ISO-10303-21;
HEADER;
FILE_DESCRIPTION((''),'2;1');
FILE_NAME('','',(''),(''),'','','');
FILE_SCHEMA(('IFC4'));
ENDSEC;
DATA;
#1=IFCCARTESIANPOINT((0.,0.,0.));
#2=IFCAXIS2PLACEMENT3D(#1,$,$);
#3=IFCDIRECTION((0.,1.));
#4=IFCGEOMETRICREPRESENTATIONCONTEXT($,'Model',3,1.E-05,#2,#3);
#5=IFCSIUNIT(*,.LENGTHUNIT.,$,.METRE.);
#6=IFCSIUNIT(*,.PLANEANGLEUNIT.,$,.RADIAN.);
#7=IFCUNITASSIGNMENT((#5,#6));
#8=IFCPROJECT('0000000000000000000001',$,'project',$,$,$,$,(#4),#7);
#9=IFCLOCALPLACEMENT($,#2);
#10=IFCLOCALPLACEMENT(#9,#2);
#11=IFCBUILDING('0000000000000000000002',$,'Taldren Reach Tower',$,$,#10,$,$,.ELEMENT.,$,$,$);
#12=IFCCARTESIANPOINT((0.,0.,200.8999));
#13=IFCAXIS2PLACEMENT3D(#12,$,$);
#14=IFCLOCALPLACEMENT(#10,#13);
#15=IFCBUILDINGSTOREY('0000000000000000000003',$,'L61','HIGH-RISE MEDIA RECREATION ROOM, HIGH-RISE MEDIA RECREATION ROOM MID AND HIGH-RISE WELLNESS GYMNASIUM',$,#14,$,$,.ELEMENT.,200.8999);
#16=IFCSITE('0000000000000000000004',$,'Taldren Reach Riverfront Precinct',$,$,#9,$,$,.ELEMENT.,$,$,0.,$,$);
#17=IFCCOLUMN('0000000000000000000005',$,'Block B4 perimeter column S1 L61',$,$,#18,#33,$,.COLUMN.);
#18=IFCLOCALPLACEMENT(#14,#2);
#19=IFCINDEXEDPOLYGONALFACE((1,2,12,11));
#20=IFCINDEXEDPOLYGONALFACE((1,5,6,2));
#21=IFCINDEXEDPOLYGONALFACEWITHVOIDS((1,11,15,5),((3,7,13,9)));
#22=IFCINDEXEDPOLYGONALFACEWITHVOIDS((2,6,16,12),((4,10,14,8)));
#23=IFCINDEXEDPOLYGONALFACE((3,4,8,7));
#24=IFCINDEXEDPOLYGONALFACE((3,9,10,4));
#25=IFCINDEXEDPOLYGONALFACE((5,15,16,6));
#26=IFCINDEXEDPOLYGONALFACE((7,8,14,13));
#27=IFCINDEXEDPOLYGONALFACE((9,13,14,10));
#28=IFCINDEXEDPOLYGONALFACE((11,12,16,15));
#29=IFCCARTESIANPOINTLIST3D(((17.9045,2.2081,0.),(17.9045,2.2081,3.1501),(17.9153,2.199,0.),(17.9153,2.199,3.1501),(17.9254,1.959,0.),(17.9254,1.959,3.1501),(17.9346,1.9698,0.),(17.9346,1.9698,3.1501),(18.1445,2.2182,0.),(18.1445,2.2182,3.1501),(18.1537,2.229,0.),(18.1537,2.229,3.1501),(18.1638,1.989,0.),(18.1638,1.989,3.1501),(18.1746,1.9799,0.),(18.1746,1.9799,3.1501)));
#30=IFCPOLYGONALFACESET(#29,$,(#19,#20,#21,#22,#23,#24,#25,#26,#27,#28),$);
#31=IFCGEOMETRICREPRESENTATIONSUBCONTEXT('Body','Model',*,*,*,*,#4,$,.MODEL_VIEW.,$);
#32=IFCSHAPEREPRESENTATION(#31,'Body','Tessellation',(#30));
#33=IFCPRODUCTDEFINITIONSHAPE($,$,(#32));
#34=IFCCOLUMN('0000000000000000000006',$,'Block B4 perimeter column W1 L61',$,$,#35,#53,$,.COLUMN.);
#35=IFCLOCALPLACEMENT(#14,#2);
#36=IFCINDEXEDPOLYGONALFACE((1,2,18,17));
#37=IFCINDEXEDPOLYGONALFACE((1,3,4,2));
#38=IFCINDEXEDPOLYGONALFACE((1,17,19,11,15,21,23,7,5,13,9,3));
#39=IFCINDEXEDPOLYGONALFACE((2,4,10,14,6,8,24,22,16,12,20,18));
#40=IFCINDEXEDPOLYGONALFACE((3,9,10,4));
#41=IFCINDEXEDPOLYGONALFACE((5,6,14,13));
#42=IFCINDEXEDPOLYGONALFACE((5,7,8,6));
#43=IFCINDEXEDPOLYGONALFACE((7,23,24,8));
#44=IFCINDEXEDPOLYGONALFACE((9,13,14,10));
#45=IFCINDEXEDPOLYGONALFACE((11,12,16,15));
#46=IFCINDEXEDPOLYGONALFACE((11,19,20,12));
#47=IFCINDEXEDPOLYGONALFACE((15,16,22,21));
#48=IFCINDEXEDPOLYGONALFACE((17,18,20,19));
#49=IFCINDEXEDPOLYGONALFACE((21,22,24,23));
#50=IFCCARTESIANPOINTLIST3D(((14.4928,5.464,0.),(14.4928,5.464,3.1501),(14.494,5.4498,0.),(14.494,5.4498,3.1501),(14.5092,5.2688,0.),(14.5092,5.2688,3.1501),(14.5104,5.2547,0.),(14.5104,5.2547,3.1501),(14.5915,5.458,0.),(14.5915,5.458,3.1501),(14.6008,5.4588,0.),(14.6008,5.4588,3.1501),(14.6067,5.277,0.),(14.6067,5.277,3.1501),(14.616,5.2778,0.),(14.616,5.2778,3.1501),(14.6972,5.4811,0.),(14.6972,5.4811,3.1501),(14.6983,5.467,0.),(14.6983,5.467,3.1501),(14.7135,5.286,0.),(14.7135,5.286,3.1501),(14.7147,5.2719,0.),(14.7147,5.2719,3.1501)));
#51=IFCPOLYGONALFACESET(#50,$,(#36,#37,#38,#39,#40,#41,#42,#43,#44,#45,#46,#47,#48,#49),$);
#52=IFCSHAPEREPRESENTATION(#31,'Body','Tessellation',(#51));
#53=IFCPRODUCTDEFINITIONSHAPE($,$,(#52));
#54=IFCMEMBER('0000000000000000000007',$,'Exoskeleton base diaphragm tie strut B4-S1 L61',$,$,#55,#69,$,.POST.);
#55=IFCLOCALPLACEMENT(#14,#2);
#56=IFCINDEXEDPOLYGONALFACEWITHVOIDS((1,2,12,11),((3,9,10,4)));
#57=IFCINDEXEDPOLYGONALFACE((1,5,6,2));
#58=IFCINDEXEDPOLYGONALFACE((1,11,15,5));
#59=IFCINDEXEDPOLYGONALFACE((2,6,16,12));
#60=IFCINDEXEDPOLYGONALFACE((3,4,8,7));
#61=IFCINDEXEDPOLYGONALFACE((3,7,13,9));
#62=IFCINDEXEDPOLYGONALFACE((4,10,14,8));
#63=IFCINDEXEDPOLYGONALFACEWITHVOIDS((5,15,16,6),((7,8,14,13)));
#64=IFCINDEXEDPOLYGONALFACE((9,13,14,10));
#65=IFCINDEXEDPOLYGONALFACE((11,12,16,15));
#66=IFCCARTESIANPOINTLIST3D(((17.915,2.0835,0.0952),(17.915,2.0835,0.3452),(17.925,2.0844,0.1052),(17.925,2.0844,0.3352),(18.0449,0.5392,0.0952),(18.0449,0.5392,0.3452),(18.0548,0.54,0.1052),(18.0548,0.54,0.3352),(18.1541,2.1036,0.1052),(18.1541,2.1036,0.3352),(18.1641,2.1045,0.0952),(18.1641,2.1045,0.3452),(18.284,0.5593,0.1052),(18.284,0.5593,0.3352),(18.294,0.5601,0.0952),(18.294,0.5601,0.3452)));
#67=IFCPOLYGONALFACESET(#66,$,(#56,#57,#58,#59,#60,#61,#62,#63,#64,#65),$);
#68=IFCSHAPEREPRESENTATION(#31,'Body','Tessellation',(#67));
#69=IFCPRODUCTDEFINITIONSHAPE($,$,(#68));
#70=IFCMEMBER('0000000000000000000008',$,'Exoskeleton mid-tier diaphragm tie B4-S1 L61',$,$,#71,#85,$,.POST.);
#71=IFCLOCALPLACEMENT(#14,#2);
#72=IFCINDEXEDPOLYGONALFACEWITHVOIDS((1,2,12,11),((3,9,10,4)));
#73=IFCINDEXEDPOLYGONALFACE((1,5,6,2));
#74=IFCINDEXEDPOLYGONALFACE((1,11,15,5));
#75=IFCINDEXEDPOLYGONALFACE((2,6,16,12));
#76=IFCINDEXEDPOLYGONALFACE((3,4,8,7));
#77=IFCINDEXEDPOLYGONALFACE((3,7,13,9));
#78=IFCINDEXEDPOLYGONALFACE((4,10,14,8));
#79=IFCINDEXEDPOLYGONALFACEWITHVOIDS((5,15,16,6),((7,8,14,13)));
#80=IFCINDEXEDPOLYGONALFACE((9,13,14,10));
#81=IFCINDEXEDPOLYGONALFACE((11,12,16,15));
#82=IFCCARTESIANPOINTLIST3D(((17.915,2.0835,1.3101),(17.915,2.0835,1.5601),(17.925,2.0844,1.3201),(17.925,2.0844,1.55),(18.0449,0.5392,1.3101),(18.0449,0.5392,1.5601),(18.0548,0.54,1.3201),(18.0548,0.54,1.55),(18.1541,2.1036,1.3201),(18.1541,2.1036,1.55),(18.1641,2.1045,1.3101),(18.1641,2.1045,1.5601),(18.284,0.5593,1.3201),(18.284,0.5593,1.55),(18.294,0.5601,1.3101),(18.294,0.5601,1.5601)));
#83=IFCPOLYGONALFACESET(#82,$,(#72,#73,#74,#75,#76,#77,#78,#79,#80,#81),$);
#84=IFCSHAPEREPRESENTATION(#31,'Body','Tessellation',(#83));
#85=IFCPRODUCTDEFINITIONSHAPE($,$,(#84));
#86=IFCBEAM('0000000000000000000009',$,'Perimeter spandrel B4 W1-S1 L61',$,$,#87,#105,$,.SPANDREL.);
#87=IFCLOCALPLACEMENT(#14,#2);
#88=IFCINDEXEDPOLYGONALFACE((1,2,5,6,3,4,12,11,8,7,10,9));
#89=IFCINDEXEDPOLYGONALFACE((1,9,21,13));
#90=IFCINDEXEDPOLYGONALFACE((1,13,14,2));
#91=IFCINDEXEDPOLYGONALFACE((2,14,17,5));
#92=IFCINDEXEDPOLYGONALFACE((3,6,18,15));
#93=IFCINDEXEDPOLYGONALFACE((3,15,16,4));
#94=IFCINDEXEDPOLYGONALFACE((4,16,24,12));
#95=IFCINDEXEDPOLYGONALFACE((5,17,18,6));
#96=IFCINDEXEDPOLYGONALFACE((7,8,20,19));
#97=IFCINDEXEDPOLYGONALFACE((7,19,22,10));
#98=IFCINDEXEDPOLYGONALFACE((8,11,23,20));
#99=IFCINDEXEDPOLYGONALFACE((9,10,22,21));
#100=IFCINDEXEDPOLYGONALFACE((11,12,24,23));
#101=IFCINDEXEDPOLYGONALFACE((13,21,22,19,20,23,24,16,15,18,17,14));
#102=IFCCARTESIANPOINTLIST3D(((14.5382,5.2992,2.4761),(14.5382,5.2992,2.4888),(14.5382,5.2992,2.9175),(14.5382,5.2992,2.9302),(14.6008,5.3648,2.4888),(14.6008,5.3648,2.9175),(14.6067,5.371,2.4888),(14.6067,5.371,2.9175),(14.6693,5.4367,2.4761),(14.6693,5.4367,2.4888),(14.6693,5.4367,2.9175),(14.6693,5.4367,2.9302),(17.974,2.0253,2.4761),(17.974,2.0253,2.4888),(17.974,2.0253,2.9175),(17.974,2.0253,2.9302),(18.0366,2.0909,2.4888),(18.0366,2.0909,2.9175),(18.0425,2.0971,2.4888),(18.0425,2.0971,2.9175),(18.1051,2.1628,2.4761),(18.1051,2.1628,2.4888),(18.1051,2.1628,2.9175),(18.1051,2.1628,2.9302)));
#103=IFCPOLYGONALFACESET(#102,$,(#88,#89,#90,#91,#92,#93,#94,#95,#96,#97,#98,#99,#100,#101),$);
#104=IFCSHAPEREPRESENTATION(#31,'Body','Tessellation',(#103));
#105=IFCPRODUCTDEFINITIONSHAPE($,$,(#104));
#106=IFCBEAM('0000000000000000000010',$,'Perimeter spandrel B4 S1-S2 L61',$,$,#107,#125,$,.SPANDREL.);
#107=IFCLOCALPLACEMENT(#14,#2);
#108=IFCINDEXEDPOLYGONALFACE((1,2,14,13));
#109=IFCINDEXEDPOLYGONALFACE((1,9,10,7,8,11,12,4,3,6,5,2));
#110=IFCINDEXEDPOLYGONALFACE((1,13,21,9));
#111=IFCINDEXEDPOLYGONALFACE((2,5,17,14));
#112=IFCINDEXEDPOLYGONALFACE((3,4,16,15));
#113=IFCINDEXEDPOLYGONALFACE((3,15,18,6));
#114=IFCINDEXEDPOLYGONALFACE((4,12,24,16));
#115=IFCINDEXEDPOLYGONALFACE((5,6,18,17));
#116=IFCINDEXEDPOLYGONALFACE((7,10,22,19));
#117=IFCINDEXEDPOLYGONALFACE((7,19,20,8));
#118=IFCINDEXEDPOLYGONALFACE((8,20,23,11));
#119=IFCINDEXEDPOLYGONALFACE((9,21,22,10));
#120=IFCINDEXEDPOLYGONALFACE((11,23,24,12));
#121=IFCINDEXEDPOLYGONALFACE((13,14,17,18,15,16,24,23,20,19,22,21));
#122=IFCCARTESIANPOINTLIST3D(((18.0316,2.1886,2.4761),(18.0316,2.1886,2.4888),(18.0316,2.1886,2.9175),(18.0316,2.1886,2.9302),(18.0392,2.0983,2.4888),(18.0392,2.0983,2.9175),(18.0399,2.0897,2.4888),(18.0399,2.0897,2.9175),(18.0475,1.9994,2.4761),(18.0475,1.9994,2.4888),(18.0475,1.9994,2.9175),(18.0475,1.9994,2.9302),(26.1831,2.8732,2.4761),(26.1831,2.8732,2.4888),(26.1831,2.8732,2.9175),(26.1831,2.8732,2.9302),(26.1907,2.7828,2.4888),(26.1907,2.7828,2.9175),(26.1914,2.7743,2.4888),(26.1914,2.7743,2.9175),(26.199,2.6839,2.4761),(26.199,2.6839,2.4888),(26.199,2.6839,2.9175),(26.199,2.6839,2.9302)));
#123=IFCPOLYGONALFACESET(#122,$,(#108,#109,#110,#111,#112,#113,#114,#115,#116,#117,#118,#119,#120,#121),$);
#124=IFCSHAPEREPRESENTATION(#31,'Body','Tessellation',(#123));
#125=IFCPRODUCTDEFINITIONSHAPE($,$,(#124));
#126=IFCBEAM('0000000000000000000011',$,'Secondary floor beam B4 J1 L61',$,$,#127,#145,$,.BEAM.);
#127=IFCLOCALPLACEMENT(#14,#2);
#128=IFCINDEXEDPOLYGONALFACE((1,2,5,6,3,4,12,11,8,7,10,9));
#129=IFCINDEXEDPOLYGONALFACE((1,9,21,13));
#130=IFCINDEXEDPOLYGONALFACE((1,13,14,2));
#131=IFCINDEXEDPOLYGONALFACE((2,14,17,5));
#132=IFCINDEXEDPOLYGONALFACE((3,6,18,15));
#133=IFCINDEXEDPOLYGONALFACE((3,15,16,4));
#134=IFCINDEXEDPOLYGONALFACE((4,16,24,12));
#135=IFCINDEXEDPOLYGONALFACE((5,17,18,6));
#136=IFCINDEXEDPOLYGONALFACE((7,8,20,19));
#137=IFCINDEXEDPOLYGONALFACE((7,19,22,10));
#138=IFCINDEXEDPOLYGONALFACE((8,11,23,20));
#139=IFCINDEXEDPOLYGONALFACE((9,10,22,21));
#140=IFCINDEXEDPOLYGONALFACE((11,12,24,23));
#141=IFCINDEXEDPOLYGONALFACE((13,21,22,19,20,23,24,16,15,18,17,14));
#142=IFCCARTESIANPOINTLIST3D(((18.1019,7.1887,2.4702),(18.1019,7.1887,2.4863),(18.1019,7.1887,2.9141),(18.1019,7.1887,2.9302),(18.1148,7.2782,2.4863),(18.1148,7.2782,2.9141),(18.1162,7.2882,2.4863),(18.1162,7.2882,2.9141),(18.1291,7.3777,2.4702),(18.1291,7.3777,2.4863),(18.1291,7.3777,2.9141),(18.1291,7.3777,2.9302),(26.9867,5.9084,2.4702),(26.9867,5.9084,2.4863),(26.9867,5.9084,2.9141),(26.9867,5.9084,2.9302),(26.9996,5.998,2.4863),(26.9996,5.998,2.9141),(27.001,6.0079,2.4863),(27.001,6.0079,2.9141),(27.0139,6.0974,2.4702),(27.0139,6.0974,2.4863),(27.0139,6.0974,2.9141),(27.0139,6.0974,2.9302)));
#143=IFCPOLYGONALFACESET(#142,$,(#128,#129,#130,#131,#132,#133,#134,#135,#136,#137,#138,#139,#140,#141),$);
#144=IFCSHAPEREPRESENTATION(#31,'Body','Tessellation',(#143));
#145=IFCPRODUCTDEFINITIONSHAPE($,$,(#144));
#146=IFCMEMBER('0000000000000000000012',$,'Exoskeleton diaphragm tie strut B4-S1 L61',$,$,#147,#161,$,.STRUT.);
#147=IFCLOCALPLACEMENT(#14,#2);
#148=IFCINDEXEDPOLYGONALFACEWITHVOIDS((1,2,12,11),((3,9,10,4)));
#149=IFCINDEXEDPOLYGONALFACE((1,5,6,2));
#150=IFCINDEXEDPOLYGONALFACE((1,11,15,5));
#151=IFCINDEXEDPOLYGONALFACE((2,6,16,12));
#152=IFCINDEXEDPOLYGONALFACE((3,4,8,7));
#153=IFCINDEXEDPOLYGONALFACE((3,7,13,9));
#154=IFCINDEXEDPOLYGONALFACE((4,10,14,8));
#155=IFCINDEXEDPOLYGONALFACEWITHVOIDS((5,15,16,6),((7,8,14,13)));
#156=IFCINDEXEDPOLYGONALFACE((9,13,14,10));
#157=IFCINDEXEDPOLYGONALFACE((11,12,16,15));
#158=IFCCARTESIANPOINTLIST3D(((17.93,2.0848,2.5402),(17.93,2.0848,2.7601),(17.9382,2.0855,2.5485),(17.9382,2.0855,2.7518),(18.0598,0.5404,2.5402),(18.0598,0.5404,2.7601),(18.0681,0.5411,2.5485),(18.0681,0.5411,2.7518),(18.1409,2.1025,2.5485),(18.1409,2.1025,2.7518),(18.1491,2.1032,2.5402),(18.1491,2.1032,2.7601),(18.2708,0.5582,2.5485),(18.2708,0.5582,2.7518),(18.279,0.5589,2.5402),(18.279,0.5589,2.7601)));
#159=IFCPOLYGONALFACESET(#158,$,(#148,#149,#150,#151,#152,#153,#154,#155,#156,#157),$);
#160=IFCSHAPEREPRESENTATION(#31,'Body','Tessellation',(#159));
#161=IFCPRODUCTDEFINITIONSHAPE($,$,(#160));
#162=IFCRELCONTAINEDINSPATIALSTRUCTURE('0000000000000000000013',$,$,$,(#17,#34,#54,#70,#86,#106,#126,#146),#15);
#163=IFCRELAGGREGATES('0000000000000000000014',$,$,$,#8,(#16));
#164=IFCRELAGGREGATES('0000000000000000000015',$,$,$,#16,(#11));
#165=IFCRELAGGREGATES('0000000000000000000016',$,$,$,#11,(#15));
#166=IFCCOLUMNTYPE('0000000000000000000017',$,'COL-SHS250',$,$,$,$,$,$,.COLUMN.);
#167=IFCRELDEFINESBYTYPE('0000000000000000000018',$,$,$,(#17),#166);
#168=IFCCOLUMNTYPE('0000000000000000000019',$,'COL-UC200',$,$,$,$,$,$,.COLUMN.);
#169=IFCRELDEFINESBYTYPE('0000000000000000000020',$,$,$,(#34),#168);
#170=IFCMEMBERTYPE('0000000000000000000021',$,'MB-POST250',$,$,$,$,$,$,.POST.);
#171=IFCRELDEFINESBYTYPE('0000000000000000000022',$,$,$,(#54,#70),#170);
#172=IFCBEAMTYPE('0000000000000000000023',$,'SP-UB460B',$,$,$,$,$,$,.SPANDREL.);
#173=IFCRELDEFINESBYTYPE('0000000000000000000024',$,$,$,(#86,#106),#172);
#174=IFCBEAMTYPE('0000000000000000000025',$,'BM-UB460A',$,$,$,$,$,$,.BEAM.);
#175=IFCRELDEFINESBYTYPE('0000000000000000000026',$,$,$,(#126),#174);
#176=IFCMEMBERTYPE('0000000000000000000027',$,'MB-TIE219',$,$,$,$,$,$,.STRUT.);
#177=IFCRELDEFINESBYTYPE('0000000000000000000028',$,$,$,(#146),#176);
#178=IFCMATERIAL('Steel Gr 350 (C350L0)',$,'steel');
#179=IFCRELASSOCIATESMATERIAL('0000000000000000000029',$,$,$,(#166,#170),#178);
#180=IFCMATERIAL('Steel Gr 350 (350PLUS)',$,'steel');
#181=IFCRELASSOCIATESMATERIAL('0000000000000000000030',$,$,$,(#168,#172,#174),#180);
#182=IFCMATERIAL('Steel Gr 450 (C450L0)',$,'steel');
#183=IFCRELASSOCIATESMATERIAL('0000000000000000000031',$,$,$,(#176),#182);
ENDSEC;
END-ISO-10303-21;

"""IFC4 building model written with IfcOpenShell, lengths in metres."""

from ifc_helpers import new_model, si_unit, direction, frame, origin, origin_2d, place, context, subcontext, project, spatial, hollow_rectangle, i_section, extrude, source, transform, mapped, material, material_profile, profile_set, type_object, element, save


model = new_model("IFC4")

# Units and contexts
model_context = context("Model", 3, precision=1e-05, world=origin(), true_north=direction((0.0, 1.0)))
body_context = subcontext(model_context, "Body", "Model", "MODEL_VIEW")
ifc_project = project(units=[si_unit("LENGTHUNIT", "METRE"), si_unit("PLANEANGLEUNIT", "RADIAN")], contexts=[model_context])

# Site, building, storey
site_placement = place(None, origin())
site = spatial("IfcSite", under=ifc_project, at=site_placement, Name="Taldren Reach Riverfront Precinct", CompositionType="ELEMENT", RefElevation=0.0)
building_placement = place(site_placement, origin())
building = spatial("IfcBuilding", under=site, at=building_placement, Name="Taldren Reach Tower", CompositionType="ELEMENT")
storey_placement = place(building_placement, frame((0.0, 0.0, 200.8999)))
storey = spatial("IfcBuildingStorey", under=building, at=storey_placement, Name="L61", Description="HIGH-RISE MEDIA RECREATION ROOM, HIGH-RISE MEDIA RECREATION ROOM MID AND HIGH-RISE WELLNESS GYMNASIUM", CompositionType="ELEMENT", Elevation=200.8999)

# Columns
ifc_material_1 = material(Name="Steel Gr 350 (C350L0)", Category="steel")
ifc_material_profile_1 = material_profile(ifc_material_1, hollow_rectangle(XDim=0.25, YDim=0.25, WallThickness=0.01, at=origin_2d()), Name="250x250x10.0SHS")
ifc_profile_set_1 = profile_set([ifc_material_profile_1], Name="Steel Gr 350 (C350L0)")
column_type_1 = type_object("IfcColumnType", Name="COL-SHS250", PredefinedType="COLUMN", material=ifc_profile_set_1)
shared_shape_1 = source(origin(), body_context, "Body", "SweptSolid", [
    extrude(hollow_rectangle(XDim=0.25, YDim=0.25, WallThickness=0.01, at=origin_2d()), origin(), (0.0, 0.0, 1.0), 3.1501),
])
column_1_placement = place(storey_placement, frame((18.0396, 2.094, 0.0), z_axis=(0.0, 0.0, 1.0), x_axis=(0.996493, 0.083678, 0.0)))
element("IfcColumn", 1, at=column_1_placement, inside=storey, type_object=column_type_1, Name="Block B4 perimeter column S1 L61", PredefinedType="COLUMN", context=body_context, shape_type="MappedRepresentation", body=[
    mapped(shared_shape_1, transform((0.0, 0.0, 0.0), scale=1.0)),
])
ifc_material_2 = material(Name="Steel Gr 350 (350PLUS)", Category="steel")
ifc_material_profile_2 = material_profile(ifc_material_2, i_section(OverallWidth=0.2051, OverallDepth=0.21, WebThickness=0.0093, FlangeThickness=0.0142, at=origin_2d()), Name="200UC59.5")
ifc_profile_set_2 = profile_set([ifc_material_profile_2], Name="Steel Gr 350 (350PLUS)")
column_type_2 = type_object("IfcColumnType", Name="COL-UC200", PredefinedType="COLUMN", material=ifc_profile_set_2)
shared_shape_2 = source(origin(), body_context, "Body", "SweptSolid", [
    extrude(i_section(OverallWidth=0.2051, OverallDepth=0.21, WebThickness=0.0093, FlangeThickness=0.0142, at=origin_2d()), origin(), (0.0, 0.0, 1.0), 3.1501),
])
column_2_placement = place(storey_placement, frame((14.6038, 5.3679, 0.0), z_axis=(0.0, 0.0, 1.0), x_axis=(0.996493, 0.083678, 0.0)))
element("IfcColumn", 2, at=column_2_placement, inside=storey, type_object=column_type_2, Name="Block B4 perimeter column W1 L61", PredefinedType="COLUMN", context=body_context, shape_type="MappedRepresentation", body=[
    mapped(shared_shape_2, transform((0.0, 0.0, 0.0), scale=1.0)),
])

# Members
ifc_material_profile_3 = material_profile(ifc_material_1, hollow_rectangle(XDim=0.25, YDim=0.25, WallThickness=0.01, at=origin_2d()), Name="250x250x10.0SHS")
ifc_profile_set_3 = profile_set([ifc_material_profile_3], Name="Steel Gr 350 (C350L0)")
member_type_1 = type_object("IfcMemberType", Name="MB-POST250", PredefinedType="POST", material=ifc_profile_set_3)
shared_shape_3 = source(origin(), body_context, "Body", "SweptSolid", [
    extrude(hollow_rectangle(XDim=0.25, YDim=0.25, WallThickness=0.01, at=origin_2d()), origin(), (0.0, 0.0, 1.0), 1.5498),
])
for number, where, z_axis, x_axis, name in (
    (3, (18.0396, 2.094, 0.2202), (0.083802, -0.996482, 0.0), (0.996482, 0.083802, 0.0), "Exoskeleton base diaphragm tie strut B4-S1 L61"),
    (4, (18.0396, 2.094, 1.4351), (0.083802, -0.996482, 0.0), (0.996482, 0.083802, 0.0), "Exoskeleton mid-tier diaphragm tie B4-S1 L61"),
):
    element("IfcMember", number, at=place(storey_placement, frame(where, z_axis=z_axis, x_axis=x_axis)), inside=storey, type_object=member_type_1, Name=name, PredefinedType="POST", context=body_context, shape_type="MappedRepresentation", body=[
        mapped(shared_shape_3, transform((0.0, 0.0, 0.0), scale=1.0)),
    ])

# Beams
ifc_material_profile_4 = material_profile(ifc_material_2, i_section(OverallWidth=0.1899, OverallDepth=0.4541, WebThickness=0.0085, FlangeThickness=0.0127, at=origin_2d()), Name="460UB67.1")
ifc_profile_set_4 = profile_set([ifc_material_profile_4], Name="Steel Gr 350 (350PLUS)")
beam_type_1 = type_object("IfcBeamType", Name="SP-UB460B", PredefinedType="SPANDREL", material=ifc_profile_set_4)
shared_shape_4 = source(origin(), body_context, "Body", "SweptSolid", [
    extrude(i_section(OverallWidth=0.1899, OverallDepth=0.4541, WebThickness=0.0085, FlangeThickness=0.0127, at=origin_2d()), origin(), (0.0, 0.0, 1.0), 4.7458),
])
beam_1_placement = place(storey_placement, frame((14.6038, 5.3679, 2.7031), z_axis=(0.723954, -0.689848, 0.0), x_axis=(0.689848, 0.723954, 0.0)))
element("IfcBeam", 5, at=beam_1_placement, inside=storey, type_object=beam_type_1, Name="Perimeter spandrel B4 W1-S1 L61", PredefinedType="SPANDREL", context=body_context, shape_type="MappedRepresentation", body=[
    mapped(shared_shape_4, transform((0.0, 0.0, 0.0), scale=1.0)),
])
shared_shape_5 = source(origin(), body_context, "Body", "SweptSolid", [
    extrude(i_section(OverallWidth=0.1899, OverallDepth=0.4541, WebThickness=0.0085, FlangeThickness=0.0127, at=origin_2d()), origin(), (0.0, 0.0, 1.0), 8.1802),
])
beam_2_placement = place(storey_placement, frame((18.0396, 2.094, 2.7031), z_axis=(0.996492, 0.083688, 0.0), x_axis=(-0.083688, 0.996492, 0.0)))
element("IfcBeam", 6, at=beam_2_placement, inside=storey, type_object=beam_type_1, Name="Perimeter spandrel B4 S1-S2 L61", PredefinedType="SPANDREL", context=body_context, shape_type="MappedRepresentation", body=[
    mapped(shared_shape_5, transform((0.0, 0.0, 0.0), scale=1.0)),
])
ifc_material_profile_5 = material_profile(ifc_material_2, i_section(OverallWidth=0.1909, OverallDepth=0.46, WebThickness=0.01, FlangeThickness=0.0161, at=origin_2d()), Name="460UB82.1")
ifc_profile_set_5 = profile_set([ifc_material_profile_5], Name="Steel Gr 350 (350PLUS)")
beam_type_2 = type_object("IfcBeamType", Name="BM-UB460A", PredefinedType="BEAM", material=ifc_profile_set_5)
shared_shape_6 = source(origin(), body_context, "Body", "SweptSolid", [
    extrude(i_section(OverallWidth=0.1909, OverallDepth=0.46, WebThickness=0.01, FlangeThickness=0.0161, at=origin_2d()), origin(), (0.0, 0.0, 1.0), 8.9766),
])
beam_3_placement = place(storey_placement, frame((18.1155, 7.2832, 2.7002), z_axis=(0.989777, -0.142624, 0.0), x_axis=(0.142624, 0.989777, 0.0)))
element("IfcBeam", 7, at=beam_3_placement, inside=storey, type_object=beam_type_2, Name="Secondary floor beam B4 J1 L61", PredefinedType="BEAM", context=body_context, shape_type="MappedRepresentation", body=[
    mapped(shared_shape_6, transform((0.0, 0.0, 0.0), scale=1.0)),
])

# Member
ifc_material_3 = material(Name="Steel Gr 450 (C450L0)", Category="steel")
ifc_material_profile_6 = material_profile(ifc_material_3, hollow_rectangle(XDim=0.22, YDim=0.22, WallThickness=0.0083, at=origin_2d()), Name="220x220x8.2SHS")
ifc_profile_set_6 = profile_set([ifc_material_profile_6], Name="Steel Gr 450 (C450L0)")
member_type_2 = type_object("IfcMemberType", Name="MB-TIE219", PredefinedType="STRUT", material=ifc_profile_set_6)
shared_shape_7 = source(origin(), body_context, "Body", "SweptSolid", [
    extrude(hollow_rectangle(XDim=0.22, YDim=0.22, WallThickness=0.0083, at=origin_2d()), origin(), (0.0, 0.0, 1.0), 1.5498),
])
member_1_placement = place(storey_placement, frame((18.0396, 2.094, 2.6501), z_axis=(0.083802, -0.996482, 0.0), x_axis=(0.996482, 0.083802, 0.0)))
element("IfcMember", 8, at=member_1_placement, inside=storey, type_object=member_type_2, Name="Exoskeleton diaphragm tie strut B4-S1 L61", PredefinedType="STRUT", context=body_context, shape_type="MappedRepresentation", body=[
    mapped(shared_shape_7, transform((0.0, 0.0, 0.0), scale=1.0)),
])

save(model, "model.ifc")
